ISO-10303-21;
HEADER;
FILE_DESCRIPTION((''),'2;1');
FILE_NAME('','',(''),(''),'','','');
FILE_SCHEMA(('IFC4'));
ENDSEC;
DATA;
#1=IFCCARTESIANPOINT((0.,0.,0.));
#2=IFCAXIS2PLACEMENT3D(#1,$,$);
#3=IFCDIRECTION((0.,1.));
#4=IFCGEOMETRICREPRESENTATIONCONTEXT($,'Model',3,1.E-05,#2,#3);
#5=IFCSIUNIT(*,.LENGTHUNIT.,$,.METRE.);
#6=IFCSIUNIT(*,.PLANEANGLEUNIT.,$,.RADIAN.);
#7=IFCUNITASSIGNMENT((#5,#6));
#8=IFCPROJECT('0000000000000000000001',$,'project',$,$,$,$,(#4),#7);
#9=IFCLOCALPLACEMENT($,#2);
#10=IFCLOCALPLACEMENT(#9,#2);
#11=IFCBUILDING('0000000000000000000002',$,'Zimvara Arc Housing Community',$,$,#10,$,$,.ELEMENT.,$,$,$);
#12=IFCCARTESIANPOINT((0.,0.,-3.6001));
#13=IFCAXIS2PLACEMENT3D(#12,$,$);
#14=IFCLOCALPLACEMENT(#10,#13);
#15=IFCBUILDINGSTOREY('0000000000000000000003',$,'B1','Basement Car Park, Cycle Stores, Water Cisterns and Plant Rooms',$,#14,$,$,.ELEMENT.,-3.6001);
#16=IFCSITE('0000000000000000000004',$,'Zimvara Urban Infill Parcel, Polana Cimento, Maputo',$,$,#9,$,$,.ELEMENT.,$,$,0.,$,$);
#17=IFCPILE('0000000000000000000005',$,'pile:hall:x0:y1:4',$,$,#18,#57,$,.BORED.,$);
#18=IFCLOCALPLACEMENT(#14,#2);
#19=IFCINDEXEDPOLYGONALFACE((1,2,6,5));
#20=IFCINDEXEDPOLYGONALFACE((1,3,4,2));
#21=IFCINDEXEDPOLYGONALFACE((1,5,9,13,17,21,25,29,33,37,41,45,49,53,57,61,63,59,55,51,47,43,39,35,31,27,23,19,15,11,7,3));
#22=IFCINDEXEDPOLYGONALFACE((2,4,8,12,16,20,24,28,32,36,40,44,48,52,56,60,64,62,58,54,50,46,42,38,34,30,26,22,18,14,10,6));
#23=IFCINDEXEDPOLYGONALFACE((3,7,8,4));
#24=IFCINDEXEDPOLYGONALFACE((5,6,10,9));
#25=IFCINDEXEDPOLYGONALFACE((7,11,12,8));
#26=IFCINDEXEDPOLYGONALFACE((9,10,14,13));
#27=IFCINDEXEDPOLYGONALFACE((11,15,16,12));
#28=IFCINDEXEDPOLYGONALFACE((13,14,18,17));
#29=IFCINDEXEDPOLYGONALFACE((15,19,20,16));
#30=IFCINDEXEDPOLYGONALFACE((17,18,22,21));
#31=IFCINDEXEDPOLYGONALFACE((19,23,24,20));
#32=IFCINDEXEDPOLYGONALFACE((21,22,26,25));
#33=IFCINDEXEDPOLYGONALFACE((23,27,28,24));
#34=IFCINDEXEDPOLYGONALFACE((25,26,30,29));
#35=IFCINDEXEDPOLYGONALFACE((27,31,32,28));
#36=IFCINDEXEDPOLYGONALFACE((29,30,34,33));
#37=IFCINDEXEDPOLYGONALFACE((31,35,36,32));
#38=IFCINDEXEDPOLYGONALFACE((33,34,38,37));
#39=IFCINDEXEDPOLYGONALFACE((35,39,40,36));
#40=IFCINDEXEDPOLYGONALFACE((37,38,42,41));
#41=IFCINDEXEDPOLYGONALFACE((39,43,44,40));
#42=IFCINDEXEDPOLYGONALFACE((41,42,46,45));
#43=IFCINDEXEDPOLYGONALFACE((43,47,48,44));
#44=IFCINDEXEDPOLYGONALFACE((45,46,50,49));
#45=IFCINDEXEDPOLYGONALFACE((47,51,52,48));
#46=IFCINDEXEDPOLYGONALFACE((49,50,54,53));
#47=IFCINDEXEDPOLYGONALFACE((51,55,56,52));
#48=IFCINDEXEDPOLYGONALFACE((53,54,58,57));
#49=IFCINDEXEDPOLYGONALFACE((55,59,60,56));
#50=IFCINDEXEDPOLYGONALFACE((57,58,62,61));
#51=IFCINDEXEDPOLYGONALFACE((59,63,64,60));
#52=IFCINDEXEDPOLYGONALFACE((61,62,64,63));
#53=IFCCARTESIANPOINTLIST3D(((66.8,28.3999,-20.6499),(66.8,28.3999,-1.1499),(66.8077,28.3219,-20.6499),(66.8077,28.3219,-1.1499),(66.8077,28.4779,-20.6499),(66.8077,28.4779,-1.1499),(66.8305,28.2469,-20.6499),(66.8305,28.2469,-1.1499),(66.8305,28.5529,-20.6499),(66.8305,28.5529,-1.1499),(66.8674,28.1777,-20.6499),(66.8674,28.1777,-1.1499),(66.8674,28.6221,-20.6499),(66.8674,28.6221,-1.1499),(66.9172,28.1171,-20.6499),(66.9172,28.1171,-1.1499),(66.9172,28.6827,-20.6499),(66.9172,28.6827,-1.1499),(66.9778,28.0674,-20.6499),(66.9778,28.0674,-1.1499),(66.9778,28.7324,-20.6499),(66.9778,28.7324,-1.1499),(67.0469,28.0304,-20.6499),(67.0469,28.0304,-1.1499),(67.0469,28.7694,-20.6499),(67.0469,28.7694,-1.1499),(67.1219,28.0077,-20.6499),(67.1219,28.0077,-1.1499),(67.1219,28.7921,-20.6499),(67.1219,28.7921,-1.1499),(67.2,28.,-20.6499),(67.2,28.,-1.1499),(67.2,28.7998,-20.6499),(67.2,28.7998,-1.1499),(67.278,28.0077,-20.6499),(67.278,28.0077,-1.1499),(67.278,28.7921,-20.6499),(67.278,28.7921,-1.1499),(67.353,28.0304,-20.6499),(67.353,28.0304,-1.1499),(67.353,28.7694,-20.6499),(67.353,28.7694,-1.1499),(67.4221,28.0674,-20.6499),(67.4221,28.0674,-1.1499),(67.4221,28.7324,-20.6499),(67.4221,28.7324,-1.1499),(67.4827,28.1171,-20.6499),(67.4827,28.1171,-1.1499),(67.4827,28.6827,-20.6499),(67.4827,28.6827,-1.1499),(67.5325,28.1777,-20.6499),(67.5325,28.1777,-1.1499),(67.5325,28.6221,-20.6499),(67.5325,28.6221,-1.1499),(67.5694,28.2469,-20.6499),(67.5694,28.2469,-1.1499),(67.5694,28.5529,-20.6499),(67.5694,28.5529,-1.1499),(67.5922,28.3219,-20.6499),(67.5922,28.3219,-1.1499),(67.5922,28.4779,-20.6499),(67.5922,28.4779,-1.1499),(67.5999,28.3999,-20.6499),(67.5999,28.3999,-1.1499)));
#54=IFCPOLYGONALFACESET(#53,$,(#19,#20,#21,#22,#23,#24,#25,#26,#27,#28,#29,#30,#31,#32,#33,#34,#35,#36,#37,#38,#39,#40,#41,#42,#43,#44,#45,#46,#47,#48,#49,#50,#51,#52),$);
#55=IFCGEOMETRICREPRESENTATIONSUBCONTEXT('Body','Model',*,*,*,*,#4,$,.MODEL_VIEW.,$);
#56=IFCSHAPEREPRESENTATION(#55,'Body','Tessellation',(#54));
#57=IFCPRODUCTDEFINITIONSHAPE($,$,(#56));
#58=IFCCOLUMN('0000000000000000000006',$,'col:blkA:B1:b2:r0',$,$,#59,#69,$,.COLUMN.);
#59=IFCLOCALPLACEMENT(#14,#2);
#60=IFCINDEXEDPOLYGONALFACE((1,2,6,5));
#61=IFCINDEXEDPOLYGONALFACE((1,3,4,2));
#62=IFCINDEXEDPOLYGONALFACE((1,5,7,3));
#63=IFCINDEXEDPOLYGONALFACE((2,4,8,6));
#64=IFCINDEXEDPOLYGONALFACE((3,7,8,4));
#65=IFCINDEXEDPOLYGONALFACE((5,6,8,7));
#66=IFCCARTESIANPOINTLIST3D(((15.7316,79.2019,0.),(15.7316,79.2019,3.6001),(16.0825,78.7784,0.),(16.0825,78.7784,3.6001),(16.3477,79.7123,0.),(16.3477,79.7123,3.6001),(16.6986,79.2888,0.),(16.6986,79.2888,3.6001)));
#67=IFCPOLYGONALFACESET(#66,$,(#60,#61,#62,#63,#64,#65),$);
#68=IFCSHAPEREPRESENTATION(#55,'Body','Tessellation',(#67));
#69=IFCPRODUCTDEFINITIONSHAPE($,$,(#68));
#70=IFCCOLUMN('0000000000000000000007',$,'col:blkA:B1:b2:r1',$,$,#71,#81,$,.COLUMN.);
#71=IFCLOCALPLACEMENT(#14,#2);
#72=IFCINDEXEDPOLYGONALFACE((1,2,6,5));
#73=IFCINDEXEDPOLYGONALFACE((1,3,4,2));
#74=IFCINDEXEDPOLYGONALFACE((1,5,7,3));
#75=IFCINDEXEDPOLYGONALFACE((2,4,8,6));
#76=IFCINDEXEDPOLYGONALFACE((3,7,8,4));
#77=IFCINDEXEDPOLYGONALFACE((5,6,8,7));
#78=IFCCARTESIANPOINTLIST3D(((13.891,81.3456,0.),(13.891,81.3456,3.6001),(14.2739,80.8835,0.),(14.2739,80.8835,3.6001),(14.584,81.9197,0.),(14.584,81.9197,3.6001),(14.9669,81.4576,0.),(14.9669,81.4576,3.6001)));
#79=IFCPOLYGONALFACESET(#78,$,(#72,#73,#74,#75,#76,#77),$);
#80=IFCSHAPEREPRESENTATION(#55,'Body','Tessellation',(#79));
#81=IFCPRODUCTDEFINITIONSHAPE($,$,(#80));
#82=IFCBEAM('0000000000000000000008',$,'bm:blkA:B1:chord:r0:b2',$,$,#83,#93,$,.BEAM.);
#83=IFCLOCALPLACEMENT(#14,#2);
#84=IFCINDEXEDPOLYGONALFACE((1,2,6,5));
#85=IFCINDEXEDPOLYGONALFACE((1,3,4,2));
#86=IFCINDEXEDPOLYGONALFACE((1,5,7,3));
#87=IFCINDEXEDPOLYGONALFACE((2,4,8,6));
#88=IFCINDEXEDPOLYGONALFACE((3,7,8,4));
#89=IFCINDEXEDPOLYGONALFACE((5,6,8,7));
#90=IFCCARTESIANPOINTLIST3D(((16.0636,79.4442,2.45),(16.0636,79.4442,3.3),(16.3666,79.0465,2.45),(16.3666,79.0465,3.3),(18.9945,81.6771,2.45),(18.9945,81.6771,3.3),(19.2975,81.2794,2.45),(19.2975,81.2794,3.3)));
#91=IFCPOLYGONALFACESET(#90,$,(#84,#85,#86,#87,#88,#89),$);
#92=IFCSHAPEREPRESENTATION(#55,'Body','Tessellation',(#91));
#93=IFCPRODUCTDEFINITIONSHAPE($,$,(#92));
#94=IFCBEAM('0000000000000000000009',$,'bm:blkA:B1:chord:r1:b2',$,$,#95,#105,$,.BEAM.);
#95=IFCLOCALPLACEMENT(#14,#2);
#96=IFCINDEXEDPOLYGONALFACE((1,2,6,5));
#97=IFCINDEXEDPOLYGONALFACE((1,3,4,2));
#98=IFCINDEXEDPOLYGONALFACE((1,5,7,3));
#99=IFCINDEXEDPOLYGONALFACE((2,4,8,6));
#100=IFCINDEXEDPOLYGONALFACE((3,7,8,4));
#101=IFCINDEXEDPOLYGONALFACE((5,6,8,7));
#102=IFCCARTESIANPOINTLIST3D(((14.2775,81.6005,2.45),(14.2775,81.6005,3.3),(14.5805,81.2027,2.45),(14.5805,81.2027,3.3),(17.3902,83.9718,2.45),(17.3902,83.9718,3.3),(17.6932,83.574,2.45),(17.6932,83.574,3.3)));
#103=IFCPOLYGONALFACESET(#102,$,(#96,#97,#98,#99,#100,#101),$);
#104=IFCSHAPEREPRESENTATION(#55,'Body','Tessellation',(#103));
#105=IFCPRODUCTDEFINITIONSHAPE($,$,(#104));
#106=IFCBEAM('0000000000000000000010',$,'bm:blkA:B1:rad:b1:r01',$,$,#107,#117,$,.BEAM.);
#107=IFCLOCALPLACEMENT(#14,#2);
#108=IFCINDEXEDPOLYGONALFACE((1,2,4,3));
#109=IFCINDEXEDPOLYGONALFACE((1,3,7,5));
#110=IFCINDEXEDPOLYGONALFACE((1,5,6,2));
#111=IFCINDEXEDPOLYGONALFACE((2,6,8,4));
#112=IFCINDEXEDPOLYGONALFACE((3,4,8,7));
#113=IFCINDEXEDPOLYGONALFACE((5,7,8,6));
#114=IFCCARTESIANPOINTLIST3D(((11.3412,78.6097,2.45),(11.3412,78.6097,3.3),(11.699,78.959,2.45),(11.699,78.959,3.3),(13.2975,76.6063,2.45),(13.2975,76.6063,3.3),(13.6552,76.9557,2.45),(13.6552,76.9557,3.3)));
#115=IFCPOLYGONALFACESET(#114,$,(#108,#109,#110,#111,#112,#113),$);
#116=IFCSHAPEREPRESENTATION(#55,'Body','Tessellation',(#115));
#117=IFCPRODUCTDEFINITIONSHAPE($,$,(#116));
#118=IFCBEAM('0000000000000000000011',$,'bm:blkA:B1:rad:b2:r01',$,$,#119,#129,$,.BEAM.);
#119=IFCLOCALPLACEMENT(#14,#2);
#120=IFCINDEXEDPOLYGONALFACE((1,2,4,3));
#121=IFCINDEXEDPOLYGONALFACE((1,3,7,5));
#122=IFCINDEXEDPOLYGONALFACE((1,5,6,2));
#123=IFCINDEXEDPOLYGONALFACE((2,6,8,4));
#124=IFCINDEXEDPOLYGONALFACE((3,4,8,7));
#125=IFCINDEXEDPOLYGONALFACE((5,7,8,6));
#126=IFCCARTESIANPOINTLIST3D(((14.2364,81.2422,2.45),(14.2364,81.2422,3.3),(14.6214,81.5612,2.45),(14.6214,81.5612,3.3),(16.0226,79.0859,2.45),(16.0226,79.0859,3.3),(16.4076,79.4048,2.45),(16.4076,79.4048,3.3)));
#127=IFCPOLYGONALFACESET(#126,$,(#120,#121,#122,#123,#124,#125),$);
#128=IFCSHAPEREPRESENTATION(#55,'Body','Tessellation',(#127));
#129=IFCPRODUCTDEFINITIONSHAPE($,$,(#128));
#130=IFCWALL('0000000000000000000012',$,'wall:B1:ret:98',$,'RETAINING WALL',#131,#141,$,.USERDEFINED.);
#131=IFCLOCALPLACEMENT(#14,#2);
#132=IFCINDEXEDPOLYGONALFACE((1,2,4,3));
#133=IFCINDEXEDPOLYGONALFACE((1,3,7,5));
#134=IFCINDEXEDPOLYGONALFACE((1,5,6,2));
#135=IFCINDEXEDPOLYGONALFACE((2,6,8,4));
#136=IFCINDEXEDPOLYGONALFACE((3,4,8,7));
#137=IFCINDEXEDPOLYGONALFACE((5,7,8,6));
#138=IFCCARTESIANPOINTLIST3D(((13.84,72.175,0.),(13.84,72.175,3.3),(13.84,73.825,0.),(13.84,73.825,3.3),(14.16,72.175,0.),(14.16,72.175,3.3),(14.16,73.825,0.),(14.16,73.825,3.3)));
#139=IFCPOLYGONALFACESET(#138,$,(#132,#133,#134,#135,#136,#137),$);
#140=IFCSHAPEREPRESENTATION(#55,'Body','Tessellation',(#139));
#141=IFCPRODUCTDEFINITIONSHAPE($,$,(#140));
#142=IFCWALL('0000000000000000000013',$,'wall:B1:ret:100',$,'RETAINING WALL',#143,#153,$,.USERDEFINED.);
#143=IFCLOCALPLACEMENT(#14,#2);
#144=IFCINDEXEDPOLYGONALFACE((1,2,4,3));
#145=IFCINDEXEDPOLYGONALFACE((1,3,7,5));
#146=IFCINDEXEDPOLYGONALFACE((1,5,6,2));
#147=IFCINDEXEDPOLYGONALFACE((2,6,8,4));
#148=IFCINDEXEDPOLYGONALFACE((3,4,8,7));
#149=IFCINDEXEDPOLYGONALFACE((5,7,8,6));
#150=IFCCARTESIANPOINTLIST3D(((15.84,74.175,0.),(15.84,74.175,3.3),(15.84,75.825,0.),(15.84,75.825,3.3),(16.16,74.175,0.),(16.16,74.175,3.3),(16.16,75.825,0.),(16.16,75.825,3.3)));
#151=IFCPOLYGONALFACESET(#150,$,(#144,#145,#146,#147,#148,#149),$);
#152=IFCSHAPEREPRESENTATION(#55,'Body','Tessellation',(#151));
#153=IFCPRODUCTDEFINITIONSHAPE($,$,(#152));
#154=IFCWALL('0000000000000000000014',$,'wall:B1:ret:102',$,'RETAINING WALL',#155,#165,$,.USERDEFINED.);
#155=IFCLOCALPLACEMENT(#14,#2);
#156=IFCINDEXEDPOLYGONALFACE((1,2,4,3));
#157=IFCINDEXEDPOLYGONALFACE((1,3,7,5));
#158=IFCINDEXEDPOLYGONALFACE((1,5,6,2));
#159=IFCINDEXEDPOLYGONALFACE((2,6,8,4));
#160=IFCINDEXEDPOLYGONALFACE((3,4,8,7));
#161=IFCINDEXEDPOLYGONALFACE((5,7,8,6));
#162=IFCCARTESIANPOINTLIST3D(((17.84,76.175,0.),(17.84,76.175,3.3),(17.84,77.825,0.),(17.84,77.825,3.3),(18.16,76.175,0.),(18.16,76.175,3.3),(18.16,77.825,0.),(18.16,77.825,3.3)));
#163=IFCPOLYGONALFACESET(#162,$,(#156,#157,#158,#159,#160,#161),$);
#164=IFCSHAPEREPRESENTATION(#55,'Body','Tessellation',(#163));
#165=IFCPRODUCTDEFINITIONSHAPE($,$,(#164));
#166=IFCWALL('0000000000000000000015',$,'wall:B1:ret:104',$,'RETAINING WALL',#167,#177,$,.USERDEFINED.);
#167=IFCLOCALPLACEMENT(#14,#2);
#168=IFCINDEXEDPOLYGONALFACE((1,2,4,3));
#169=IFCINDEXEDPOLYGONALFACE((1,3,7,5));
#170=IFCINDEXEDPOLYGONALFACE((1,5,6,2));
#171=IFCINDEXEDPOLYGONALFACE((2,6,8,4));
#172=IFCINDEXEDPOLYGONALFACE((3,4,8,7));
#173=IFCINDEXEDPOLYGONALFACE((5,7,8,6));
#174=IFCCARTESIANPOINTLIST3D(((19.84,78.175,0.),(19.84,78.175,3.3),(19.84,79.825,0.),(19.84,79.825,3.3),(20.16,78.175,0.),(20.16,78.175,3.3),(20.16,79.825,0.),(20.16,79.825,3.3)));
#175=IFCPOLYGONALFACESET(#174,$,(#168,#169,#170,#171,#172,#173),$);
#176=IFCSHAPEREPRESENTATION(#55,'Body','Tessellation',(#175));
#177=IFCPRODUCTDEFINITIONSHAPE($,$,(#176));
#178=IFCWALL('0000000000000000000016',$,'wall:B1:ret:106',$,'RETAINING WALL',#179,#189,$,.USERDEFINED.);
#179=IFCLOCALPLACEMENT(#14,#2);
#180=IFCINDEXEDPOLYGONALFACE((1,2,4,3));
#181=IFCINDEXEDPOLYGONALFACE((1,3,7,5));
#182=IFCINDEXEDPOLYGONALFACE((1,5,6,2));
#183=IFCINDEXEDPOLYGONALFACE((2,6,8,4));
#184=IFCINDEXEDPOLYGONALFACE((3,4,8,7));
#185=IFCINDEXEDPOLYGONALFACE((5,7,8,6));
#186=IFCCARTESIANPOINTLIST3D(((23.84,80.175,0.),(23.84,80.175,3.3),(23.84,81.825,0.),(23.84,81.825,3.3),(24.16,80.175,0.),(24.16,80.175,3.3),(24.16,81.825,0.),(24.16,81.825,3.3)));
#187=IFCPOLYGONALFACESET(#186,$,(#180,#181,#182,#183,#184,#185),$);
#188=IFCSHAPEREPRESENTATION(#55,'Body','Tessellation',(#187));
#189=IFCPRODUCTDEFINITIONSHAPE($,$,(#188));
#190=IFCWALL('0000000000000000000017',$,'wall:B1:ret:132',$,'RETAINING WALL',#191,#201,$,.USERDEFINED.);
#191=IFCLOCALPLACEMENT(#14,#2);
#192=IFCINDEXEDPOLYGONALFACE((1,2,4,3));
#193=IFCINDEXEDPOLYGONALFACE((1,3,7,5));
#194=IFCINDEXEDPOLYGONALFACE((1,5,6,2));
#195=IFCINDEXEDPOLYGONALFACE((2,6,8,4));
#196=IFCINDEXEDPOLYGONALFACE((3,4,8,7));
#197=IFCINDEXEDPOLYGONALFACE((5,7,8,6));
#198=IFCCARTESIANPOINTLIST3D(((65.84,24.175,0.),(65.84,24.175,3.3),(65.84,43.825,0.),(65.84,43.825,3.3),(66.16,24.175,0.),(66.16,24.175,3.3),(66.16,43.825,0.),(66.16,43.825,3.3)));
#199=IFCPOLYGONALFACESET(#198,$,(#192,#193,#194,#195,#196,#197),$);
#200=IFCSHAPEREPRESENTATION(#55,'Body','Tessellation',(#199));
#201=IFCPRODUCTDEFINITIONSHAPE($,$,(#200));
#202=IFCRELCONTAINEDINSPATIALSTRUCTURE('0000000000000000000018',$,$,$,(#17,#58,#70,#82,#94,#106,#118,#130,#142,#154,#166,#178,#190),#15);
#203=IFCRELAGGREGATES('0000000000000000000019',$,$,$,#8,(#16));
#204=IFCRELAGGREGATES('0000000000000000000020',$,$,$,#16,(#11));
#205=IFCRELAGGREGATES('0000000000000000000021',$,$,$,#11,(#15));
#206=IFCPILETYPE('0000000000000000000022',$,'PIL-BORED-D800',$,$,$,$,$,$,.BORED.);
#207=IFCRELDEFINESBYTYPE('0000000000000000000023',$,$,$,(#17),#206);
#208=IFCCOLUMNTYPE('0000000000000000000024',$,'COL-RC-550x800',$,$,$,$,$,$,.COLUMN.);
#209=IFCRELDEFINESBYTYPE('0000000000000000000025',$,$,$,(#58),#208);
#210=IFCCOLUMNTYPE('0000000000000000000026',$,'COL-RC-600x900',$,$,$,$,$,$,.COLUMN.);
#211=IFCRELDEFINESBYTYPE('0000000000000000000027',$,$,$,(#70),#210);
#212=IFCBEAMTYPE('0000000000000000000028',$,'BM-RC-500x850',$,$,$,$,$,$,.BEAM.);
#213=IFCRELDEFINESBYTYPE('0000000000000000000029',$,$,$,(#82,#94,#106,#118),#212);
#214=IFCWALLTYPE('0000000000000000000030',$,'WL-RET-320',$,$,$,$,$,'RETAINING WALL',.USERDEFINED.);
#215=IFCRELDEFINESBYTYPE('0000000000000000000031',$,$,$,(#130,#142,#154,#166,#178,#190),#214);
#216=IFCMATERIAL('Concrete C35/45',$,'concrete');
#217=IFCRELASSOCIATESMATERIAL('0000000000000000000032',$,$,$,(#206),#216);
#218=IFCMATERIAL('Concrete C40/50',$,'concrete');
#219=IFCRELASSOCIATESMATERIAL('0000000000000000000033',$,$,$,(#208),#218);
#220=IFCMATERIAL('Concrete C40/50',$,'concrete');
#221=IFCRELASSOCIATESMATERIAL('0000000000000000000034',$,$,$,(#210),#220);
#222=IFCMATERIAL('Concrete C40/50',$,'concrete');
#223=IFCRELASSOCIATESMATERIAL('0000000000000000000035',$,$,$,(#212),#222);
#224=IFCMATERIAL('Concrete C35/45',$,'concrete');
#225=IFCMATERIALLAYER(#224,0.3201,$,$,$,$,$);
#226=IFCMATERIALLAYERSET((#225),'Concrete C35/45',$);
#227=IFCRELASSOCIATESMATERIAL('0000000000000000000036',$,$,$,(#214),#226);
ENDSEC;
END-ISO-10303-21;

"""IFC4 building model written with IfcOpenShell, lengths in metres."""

from ifc_helpers import new_model, si_unit, direction, frame, frame_2d, origin, origin_2d, place, context, subcontext, project, spatial, rectangle, circle, extrude, material, layer, layer_set, material_profile, profile_set, type_object, element, save


model = new_model("IFC4")

# Units and contexts
model_context = context("Model", 3, precision=1e-05, world=origin(), true_north=direction((0.0, 1.0)))
body_context = subcontext(model_context, "Body", "Model", "MODEL_VIEW")
ifc_project = project(units=[si_unit("LENGTHUNIT", "METRE"), si_unit("PLANEANGLEUNIT", "RADIAN")], contexts=[model_context])

# Site, building, storey
site_placement = place(None, origin())
site = spatial("IfcSite", under=ifc_project, at=site_placement, Name="Zimvara Urban Infill Parcel, Polana Cimento, Maputo", CompositionType="ELEMENT", RefElevation=0.0)
building_placement = place(site_placement, origin())
building = spatial("IfcBuilding", under=site, at=building_placement, Name="Zimvara Arc Housing Community", CompositionType="ELEMENT")
storey_placement = place(building_placement, frame((0.0, 0.0, -3.6001)))
storey = spatial("IfcBuildingStorey", under=building, at=storey_placement, Name="B1", Description="Basement Car Park, Cycle Stores, Water Cisterns and Plant Rooms", CompositionType="ELEMENT", Elevation=-3.6001)

# Pile
ifc_material_1 = material(Name="Concrete C35/45", Category="concrete")
ifc_material_profile_1 = material_profile(ifc_material_1, circle(Radius=0.3999, at=origin_2d()), Name="PILE D800")
ifc_profile_set_1 = profile_set([ifc_material_profile_1], Name="Concrete C35/45")
pile_type = type_object("IfcPileType", Name="PIL-BORED-D800", PredefinedType="BORED", material=ifc_profile_set_1)
for number, where, z_axis, x_axis, name in (
    (1, (67.2, 28.3999, -1.1499), (0.0, 0.0, -1.0), (1.0, 0.0, 0.0), "pile:hall:x0:y1:4"),
):
    element("IfcPile", number, at=place(storey_placement, frame(where, z_axis=z_axis, x_axis=x_axis)), inside=storey, type_object=pile_type, Name=name, PredefinedType="BORED", context=body_context, shape_type="SweptSolid", body=[
        extrude(circle(Radius=0.3999, at=origin_2d()), origin(), (0.0, 0.0, 1.0), 19.5),
    ])

# Columns
ifc_material_2 = material(Name="Concrete C40/50", Category="concrete")
ifc_material_profile_2 = material_profile(ifc_material_2, rectangle(XDim=0.55, YDim=0.8, at=origin_2d()), Name="RC 550x800")
ifc_profile_set_2 = profile_set([ifc_material_profile_2], Name="Concrete C40/50")
column_type_1 = type_object("IfcColumnType", Name="COL-RC-550x800", PredefinedType="COLUMN", material=ifc_profile_set_2)
column_1_placement = place(storey_placement, frame((16.2151, 79.2454, 0.0), z_axis=(0.0, 0.0, 1.0), x_axis=(-0.637962, 0.770068, 0.0)))
element("IfcColumn", 2, at=column_1_placement, inside=storey, type_object=column_type_1, Name="col:blkA:B1:b2:r0", PredefinedType="COLUMN", context=body_context, shape_type="SweptSolid", body=[
    extrude(rectangle(XDim=0.55, YDim=0.8, at=origin_2d()), origin(), (0.0, 0.0, 1.0), 3.6001),
])
ifc_material_3 = material(Name="Concrete C40/50", Category="concrete")
ifc_material_profile_3 = material_profile(ifc_material_3, rectangle(XDim=0.6001, YDim=0.8999, at=origin_2d()), Name="RC 600x900")
ifc_profile_set_3 = profile_set([ifc_material_profile_3], Name="Concrete C40/50")
column_type_2 = type_object("IfcColumnType", Name="COL-RC-600x900", PredefinedType="COLUMN", material=ifc_profile_set_3)
column_2_placement = place(storey_placement, frame((14.429, 81.4016, 0.0), z_axis=(0.0, 0.0, 1.0), x_axis=(-0.637962, 0.770068, 0.0)))
element("IfcColumn", 3, at=column_2_placement, inside=storey, type_object=column_type_2, Name="col:blkA:B1:b2:r1", PredefinedType="COLUMN", context=body_context, shape_type="SweptSolid", body=[
    extrude(rectangle(XDim=0.6001, YDim=0.8999, at=origin_2d()), origin(), (0.0, 0.0, 1.0), 3.6001),
])

# Beams
ifc_material_4 = material(Name="Concrete C40/50", Category="concrete")
ifc_material_profile_4 = material_profile(ifc_material_4, rectangle(XDim=0.5, YDim=0.8501, at=origin_2d()), Name="RC 500x850")
ifc_profile_set_4 = profile_set([ifc_material_profile_4], Name="Concrete C40/50")
beam_type = type_object("IfcBeamType", Name="BM-RC-500x850", PredefinedType="BEAM", material=ifc_profile_set_4)
beam_1_placement = place(storey_placement, frame((16.2151, 79.2454, 2.875), z_axis=(0.795453, 0.606015, 0.0), x_axis=(-0.606015, 0.795453, 0.0)))
element("IfcBeam", 4, at=beam_1_placement, inside=storey, type_object=beam_type, Name="bm:blkA:B1:chord:r0:b2", PredefinedType="BEAM", context=body_context, shape_type="SweptSolid", body=[
    extrude(rectangle(XDim=0.5, YDim=0.8501, at=origin_2d()), origin(), (0.0, 0.0, 1.0), 3.6846),
])
beam_2_placement = place(storey_placement, frame((14.429, 81.4016, 2.875), z_axis=(0.79547, 0.605992, 0.0), x_axis=(-0.605992, 0.79547, 0.0)))
element("IfcBeam", 5, at=beam_2_placement, inside=storey, type_object=beam_type, Name="bm:blkA:B1:chord:r1:b2", PredefinedType="BEAM", context=body_context, shape_type="SweptSolid", body=[
    extrude(rectangle(XDim=0.5, YDim=0.8501, at=origin_2d()), origin(), (0.0, 0.0, 1.0), 3.9131),
])
for number, where, z_axis, x_axis, name in (
    (6, (13.4763, 76.781, 2.875), (-0.698643, 0.71547, 0.0), (-0.71547, -0.698643, 0.0), "bm:blkA:B1:rad:b1:r01"),
    (7, (16.2151, 79.2454, 2.875), (-0.637917, 0.770105, 0.0), (-0.770105, -0.637917, 0.0), "bm:blkA:B1:rad:b2:r01"),
):
    element("IfcBeam", number, at=place(storey_placement, frame(where, z_axis=z_axis, x_axis=x_axis)), inside=storey, type_object=beam_type, Name=name, PredefinedType="BEAM", context=body_context, shape_type="SweptSolid", body=[
        extrude(rectangle(XDim=0.5, YDim=0.8501, at=origin_2d()), origin(), (0.0, 0.0, 1.0), 2.8),
    ])

# Walls
ifc_material_5 = material(Name="Concrete C35/45", Category="concrete")
ifc_layer_1 = layer(ifc_material_5, 0.3201)
ifc_layer_set_1 = layer_set([ifc_layer_1], Name="Concrete C35/45")
wall_type_1 = type_object("IfcWallType", Name="WL-RET-320", ElementType="RETAINING WALL", PredefinedType="USERDEFINED", material=ifc_layer_set_1)
for number, where, z_axis, x_axis, name in (
    (8, (14.0, 72.175, 0.0), (0.0, 0.0, 1.0), (0.0, 1.0, 0.0), "wall:B1:ret:98"),
    (9, (16.0, 74.175, 0.0), (0.0, 0.0, 1.0), (0.0, 1.0, 0.0), "wall:B1:ret:100"),
    (10, (18.0, 76.175, 0.0), (0.0, 0.0, 1.0), (0.0, 1.0, 0.0), "wall:B1:ret:102"),
    (11, (20.0, 78.175, 0.0), (0.0, 0.0, 1.0), (0.0, 1.0, 0.0), "wall:B1:ret:104"),
    (12, (24.0, 80.175, 0.0), (0.0, 0.0, 1.0), (0.0, 1.0, 0.0), "wall:B1:ret:106"),
):
    element("IfcWall", number, at=place(storey_placement, frame(where, z_axis=z_axis, x_axis=x_axis)), inside=storey, type_object=wall_type_1, Name=name, ObjectType="RETAINING WALL", PredefinedType="USERDEFINED", context=body_context, shape_type="SweptSolid", body=[
        extrude(rectangle(XDim=1.6499, YDim=0.3201, at=frame_2d((0.825, 0.0))), origin(), (0.0, 0.0, 1.0), 3.3),
    ])
wall_1_placement = place(storey_placement, frame((66.0, 43.825, 0.0), z_axis=(0.0, 0.0, 1.0), x_axis=(0.0, -1.0, 0.0)))
element("IfcWall", 13, at=wall_1_placement, inside=storey, type_object=wall_type_1, Name="wall:B1:ret:132", ObjectType="RETAINING WALL", PredefinedType="USERDEFINED", context=body_context, shape_type="SweptSolid", body=[
    extrude(rectangle(XDim=19.6499, YDim=0.3201, at=frame_2d((9.825, 0.0))), origin(), (0.0, 0.0, 1.0), 3.3),
])

save(model, "model.ifc")
